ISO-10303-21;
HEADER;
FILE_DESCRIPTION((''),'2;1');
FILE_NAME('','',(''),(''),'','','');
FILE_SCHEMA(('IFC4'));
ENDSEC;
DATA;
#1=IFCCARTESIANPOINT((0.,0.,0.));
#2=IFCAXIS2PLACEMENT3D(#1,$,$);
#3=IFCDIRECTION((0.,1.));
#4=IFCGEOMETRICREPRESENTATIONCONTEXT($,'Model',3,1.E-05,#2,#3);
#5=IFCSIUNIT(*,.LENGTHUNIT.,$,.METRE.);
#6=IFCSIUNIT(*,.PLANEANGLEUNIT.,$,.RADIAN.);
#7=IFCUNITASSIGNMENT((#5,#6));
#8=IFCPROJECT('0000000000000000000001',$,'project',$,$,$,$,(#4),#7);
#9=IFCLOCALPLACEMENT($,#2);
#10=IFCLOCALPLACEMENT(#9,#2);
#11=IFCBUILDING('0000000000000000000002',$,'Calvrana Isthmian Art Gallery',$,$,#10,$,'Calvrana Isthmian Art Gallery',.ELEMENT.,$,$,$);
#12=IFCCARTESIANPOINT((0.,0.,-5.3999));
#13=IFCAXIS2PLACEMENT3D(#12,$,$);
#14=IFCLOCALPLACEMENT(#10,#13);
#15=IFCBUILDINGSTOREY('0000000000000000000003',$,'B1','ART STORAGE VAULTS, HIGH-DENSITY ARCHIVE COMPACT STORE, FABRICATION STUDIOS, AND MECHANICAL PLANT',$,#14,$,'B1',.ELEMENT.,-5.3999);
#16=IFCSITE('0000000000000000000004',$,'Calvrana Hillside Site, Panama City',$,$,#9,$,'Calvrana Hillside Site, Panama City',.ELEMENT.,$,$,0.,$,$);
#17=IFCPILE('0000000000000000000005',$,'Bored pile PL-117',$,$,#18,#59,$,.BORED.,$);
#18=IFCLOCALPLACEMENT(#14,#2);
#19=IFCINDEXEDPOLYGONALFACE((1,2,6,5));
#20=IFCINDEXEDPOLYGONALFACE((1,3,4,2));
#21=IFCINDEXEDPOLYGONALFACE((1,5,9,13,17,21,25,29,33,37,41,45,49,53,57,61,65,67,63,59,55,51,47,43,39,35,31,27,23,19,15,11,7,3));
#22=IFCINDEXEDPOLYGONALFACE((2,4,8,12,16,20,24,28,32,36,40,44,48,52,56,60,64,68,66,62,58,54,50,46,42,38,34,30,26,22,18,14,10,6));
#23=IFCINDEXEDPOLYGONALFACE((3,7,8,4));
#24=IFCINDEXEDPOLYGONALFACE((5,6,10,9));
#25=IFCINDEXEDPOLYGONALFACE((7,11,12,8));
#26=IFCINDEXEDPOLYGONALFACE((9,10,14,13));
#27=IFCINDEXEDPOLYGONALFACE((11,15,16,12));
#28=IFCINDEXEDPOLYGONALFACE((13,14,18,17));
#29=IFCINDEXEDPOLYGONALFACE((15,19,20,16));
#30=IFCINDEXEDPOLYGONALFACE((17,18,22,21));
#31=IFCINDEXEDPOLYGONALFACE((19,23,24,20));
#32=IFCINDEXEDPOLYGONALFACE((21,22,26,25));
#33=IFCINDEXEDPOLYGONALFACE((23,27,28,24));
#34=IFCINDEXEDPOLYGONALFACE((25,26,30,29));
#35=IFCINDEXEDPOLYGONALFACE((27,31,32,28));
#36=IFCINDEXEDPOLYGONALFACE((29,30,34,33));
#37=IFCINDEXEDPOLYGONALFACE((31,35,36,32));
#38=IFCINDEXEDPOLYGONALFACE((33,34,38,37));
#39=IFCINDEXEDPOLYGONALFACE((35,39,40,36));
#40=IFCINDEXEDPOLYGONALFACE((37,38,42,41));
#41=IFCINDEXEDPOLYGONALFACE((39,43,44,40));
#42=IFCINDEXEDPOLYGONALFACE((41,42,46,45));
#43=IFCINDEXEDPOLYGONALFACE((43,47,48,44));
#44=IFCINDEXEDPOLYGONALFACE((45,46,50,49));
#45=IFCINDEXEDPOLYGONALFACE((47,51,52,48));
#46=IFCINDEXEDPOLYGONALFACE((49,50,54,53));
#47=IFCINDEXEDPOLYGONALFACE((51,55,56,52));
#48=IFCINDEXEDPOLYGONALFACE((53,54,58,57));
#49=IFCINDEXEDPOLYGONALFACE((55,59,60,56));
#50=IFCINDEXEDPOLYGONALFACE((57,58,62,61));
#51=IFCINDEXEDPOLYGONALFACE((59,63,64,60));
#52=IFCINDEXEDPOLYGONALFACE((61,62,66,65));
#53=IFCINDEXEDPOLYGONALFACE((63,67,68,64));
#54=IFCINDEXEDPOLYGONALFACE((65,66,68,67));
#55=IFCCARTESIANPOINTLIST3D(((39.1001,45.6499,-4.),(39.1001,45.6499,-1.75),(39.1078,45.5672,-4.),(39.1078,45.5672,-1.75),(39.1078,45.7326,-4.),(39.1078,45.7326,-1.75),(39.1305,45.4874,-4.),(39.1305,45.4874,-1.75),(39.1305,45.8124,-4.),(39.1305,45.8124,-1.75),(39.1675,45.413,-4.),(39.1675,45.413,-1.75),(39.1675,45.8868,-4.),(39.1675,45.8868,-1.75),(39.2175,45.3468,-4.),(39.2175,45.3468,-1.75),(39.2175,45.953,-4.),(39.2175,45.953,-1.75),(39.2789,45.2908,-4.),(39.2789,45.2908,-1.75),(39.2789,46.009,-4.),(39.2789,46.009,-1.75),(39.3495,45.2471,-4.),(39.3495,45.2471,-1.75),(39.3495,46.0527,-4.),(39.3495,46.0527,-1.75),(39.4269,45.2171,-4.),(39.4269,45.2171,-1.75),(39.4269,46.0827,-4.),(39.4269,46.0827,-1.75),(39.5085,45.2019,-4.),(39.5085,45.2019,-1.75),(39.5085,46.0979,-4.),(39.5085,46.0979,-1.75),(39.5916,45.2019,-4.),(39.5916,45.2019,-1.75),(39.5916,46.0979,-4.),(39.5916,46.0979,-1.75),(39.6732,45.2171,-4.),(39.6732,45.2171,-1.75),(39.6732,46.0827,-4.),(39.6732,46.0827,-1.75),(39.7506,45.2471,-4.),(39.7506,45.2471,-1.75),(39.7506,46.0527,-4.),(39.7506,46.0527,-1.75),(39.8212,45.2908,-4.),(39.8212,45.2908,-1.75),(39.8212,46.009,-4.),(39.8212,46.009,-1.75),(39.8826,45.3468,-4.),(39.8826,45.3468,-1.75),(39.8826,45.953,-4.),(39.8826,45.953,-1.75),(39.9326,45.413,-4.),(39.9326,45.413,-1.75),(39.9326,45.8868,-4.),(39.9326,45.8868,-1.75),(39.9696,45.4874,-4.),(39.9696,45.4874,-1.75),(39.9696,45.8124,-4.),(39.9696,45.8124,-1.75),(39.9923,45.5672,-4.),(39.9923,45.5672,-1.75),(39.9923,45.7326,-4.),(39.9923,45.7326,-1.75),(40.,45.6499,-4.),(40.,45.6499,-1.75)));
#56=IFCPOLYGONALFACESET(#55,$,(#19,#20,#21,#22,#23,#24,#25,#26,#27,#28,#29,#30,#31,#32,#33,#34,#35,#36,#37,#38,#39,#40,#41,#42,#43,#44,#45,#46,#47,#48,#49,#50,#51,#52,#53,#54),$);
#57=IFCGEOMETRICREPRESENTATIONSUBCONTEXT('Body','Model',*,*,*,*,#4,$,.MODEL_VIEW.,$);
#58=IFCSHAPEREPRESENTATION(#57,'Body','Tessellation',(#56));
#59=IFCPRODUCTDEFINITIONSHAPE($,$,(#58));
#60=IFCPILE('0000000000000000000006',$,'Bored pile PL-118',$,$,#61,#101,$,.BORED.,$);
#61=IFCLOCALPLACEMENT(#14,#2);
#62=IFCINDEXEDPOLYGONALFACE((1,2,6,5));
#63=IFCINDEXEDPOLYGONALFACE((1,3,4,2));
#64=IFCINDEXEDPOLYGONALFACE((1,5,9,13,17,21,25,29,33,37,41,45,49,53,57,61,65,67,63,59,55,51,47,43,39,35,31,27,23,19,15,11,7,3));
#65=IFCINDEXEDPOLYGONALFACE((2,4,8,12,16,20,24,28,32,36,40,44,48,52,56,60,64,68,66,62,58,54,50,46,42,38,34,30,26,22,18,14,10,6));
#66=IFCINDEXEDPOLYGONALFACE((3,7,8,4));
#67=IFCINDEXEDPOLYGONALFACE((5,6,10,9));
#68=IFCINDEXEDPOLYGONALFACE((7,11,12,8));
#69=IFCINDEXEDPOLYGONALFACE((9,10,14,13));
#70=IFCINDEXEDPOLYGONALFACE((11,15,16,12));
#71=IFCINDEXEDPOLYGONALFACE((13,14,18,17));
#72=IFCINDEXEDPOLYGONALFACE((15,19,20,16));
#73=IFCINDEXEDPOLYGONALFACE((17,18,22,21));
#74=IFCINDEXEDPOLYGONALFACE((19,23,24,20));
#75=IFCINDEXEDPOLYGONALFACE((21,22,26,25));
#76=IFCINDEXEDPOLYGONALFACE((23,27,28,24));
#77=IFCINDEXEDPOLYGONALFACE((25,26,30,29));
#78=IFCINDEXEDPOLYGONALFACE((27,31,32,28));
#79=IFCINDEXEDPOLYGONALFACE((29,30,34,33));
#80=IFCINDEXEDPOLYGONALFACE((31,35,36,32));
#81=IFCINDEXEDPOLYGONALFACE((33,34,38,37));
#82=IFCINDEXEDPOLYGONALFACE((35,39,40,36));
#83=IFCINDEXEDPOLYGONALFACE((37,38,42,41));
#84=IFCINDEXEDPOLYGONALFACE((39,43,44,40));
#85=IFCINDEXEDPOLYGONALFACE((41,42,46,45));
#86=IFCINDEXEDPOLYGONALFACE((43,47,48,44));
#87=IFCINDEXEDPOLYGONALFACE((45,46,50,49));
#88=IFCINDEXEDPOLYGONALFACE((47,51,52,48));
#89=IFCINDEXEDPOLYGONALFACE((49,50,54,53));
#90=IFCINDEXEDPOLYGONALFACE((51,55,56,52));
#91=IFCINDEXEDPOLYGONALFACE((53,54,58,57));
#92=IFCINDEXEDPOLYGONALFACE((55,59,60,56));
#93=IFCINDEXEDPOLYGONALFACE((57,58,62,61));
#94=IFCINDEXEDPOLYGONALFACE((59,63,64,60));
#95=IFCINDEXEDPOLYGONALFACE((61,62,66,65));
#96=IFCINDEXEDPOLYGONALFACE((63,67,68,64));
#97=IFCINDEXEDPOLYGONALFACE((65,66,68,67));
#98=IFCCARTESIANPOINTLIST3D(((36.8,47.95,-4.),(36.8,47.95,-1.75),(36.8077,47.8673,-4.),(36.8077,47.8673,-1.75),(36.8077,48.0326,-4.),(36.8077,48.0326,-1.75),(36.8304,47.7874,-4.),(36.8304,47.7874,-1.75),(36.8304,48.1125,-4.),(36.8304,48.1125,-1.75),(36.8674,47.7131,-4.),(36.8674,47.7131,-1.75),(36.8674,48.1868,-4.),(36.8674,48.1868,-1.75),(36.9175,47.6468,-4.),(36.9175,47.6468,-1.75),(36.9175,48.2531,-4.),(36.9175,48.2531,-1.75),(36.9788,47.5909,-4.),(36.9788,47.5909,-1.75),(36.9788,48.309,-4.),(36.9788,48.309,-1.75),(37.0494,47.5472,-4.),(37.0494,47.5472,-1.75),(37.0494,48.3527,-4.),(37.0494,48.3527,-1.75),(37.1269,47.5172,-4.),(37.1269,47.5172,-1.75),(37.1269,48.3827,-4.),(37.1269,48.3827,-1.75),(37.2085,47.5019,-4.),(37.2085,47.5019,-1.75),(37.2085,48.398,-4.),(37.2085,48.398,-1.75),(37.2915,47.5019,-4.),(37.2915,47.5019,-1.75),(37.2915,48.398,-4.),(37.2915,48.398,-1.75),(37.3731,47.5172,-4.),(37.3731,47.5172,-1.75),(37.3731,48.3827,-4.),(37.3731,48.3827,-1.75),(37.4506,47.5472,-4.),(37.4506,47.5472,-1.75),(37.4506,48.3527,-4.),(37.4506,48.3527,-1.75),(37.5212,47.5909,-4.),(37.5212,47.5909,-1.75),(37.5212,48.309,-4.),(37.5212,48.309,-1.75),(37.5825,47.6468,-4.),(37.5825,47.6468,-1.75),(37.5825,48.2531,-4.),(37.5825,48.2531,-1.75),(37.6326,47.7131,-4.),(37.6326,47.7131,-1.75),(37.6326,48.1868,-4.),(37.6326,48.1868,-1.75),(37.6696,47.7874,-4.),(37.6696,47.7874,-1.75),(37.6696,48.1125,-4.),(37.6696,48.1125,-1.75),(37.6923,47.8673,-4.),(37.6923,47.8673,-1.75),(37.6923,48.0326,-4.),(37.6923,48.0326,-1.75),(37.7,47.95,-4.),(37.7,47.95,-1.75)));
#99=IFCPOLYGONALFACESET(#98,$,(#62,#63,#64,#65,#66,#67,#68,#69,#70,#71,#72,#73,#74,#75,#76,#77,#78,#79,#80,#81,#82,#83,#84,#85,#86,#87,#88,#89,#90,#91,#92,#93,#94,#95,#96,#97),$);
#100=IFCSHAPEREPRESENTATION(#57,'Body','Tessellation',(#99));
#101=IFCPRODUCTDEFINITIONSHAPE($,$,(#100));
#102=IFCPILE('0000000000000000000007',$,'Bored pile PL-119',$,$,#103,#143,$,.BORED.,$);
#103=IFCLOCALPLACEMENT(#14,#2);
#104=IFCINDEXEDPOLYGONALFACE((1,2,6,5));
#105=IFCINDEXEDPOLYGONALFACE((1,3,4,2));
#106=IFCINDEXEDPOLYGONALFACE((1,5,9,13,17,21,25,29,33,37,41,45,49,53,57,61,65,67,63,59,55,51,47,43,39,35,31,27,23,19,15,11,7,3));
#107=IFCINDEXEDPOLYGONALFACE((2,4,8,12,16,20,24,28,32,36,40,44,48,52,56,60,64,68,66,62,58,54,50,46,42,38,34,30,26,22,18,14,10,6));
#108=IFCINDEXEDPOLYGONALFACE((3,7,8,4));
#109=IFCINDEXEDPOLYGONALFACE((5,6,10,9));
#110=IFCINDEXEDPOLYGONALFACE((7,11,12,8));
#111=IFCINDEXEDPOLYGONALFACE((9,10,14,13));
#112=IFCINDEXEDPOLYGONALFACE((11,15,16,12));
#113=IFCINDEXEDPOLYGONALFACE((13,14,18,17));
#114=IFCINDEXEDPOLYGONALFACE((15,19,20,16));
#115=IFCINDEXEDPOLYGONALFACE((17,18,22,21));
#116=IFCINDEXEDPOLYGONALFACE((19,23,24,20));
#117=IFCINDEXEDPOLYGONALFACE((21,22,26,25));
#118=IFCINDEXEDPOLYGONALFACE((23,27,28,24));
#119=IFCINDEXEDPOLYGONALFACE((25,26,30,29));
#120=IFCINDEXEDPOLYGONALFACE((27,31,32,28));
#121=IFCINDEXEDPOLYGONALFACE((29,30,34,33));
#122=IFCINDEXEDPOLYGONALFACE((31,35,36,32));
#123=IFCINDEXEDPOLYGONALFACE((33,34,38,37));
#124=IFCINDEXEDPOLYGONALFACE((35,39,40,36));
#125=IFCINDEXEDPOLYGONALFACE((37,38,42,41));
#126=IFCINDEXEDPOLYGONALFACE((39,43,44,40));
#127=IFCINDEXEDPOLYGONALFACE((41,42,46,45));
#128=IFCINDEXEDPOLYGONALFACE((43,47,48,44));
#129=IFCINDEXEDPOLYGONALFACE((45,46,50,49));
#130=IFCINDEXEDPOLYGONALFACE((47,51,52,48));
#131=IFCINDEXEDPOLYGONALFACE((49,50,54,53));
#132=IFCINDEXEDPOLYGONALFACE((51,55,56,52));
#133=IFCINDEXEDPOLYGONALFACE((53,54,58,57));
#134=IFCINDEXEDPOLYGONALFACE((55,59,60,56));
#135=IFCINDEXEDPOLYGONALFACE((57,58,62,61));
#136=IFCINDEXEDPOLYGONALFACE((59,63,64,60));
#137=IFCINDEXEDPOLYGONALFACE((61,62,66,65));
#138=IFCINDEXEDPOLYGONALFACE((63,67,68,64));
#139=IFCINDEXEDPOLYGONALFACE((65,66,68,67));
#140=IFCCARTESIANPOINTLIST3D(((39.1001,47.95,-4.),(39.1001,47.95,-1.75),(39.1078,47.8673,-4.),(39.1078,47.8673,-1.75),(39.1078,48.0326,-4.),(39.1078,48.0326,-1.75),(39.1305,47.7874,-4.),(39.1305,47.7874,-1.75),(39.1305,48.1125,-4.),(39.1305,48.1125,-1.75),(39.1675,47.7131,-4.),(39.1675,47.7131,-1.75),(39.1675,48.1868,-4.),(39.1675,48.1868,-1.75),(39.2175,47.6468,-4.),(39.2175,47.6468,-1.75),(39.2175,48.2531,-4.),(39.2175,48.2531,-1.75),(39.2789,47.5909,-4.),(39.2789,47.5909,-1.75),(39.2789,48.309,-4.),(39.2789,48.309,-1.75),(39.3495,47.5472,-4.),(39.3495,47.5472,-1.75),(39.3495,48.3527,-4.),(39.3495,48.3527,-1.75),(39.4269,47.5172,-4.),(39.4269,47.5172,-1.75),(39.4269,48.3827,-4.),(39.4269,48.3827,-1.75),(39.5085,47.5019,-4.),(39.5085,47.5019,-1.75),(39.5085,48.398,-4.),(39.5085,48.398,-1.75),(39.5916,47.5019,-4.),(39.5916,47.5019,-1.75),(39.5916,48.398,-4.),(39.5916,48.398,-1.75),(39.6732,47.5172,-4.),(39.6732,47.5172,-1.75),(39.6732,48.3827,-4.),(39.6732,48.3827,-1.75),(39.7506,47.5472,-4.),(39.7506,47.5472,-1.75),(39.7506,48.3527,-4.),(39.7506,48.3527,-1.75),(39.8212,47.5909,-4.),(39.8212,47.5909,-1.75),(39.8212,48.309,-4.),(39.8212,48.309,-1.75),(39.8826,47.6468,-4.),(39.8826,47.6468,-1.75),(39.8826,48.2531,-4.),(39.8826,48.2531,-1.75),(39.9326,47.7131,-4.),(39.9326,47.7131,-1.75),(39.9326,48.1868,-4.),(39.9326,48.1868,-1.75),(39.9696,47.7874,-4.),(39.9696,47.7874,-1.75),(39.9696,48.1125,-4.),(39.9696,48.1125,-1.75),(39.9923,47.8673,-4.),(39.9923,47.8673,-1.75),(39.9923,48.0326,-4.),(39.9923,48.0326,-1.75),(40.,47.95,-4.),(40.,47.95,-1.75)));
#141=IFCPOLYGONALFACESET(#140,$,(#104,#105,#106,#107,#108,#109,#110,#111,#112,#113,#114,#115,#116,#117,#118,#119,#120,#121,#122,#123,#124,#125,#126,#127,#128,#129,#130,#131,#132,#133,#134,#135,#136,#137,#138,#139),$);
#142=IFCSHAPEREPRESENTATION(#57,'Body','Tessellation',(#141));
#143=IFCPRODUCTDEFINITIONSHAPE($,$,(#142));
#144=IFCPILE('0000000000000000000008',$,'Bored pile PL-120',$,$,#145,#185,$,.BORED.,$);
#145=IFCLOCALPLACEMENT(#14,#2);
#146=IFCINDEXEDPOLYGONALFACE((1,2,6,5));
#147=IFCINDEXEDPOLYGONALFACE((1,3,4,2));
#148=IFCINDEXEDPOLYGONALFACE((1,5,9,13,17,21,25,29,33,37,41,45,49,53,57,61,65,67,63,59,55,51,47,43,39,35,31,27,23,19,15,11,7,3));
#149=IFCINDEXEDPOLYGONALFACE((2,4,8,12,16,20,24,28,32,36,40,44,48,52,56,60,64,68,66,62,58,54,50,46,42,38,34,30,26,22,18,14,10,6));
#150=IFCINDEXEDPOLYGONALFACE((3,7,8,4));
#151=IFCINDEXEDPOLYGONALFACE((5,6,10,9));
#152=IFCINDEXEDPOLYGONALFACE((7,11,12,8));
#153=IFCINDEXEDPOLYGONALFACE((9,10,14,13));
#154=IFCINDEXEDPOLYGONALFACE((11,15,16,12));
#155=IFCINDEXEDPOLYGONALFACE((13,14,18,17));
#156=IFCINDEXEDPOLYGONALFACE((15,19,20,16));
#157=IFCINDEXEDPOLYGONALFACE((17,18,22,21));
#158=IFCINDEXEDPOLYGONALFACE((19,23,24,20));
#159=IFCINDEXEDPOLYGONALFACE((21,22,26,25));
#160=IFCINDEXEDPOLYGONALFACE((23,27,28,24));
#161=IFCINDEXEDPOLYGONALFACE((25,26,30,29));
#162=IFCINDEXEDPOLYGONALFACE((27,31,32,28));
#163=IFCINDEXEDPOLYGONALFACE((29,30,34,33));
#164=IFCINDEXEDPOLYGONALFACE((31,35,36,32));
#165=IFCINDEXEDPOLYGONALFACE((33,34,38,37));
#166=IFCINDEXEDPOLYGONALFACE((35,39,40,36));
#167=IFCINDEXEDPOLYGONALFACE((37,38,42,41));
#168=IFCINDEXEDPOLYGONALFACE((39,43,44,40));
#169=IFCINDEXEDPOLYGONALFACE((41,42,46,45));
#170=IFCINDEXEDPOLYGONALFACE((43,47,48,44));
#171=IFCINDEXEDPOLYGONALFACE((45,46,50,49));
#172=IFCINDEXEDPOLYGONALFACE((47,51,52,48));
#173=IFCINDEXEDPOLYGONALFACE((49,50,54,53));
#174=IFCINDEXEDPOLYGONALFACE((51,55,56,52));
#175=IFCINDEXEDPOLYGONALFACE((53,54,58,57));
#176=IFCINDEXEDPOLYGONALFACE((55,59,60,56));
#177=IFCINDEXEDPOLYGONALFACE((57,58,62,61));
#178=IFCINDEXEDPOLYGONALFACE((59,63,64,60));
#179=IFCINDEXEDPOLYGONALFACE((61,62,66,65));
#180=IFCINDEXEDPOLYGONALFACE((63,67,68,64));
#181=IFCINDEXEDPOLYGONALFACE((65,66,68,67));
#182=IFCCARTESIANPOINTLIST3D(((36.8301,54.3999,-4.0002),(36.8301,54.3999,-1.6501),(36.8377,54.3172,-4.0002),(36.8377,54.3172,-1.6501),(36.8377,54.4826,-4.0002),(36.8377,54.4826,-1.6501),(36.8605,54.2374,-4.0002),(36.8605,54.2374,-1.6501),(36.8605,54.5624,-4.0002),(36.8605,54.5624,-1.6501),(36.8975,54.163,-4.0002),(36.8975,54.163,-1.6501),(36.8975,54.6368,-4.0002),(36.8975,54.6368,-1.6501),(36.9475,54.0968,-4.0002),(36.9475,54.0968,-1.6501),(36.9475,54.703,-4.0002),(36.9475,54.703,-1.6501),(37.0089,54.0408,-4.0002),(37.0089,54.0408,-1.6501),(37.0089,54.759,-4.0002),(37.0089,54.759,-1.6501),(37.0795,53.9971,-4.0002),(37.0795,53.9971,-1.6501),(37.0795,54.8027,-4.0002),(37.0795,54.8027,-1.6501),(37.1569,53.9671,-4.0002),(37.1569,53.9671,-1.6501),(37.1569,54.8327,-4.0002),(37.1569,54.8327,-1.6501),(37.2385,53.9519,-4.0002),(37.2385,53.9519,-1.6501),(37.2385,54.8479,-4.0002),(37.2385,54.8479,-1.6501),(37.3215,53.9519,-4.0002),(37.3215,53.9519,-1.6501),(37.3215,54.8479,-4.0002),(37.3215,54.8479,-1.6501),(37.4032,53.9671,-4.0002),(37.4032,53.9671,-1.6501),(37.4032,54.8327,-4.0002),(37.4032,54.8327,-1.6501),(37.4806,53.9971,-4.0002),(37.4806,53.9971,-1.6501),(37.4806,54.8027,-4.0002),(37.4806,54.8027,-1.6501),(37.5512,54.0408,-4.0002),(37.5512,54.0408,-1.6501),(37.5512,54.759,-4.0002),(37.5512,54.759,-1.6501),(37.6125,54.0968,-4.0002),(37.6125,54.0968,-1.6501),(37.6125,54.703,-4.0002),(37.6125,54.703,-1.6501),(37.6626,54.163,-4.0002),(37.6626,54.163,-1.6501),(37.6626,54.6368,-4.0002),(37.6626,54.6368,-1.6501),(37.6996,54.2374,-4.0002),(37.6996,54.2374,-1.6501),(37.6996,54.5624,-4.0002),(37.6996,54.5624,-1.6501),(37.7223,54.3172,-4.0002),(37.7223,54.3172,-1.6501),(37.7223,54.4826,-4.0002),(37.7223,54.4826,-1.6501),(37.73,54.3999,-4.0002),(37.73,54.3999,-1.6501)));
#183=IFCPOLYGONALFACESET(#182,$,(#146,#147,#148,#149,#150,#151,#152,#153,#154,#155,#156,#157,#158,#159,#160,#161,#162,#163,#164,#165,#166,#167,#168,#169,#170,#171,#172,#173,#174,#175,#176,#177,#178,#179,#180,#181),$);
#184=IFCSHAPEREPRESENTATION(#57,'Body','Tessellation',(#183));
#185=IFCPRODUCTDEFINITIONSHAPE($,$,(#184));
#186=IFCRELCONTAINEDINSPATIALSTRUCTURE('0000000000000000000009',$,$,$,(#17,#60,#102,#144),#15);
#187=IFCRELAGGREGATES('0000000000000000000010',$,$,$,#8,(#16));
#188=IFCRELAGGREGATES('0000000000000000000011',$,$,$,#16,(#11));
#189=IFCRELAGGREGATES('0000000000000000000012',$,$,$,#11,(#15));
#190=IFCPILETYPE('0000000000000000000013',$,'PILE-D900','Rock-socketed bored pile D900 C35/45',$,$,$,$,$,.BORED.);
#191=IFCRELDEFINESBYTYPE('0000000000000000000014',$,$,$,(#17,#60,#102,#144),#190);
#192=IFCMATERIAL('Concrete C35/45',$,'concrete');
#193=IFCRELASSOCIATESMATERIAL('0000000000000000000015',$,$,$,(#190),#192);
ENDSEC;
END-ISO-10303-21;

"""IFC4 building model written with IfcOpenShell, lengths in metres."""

from ifc_helpers import new_model, si_unit, direction, frame, origin, origin_2d, place, context, subcontext, project, spatial, circle, extrude, material, material_profile, profile_set, type_object, element, save


model = new_model("IFC4")

# Units and contexts
model_context = context("Model", 3, precision=1e-05, world=origin(), true_north=direction((0.0, 1.0)))
body_context = subcontext(model_context, "Body", "Model", "MODEL_VIEW")
ifc_project = project(units=[si_unit("LENGTHUNIT", "METRE"), si_unit("PLANEANGLEUNIT", "RADIAN")], contexts=[model_context])

# Site, building, storey
site_placement = place(None, origin())
site = spatial("IfcSite", under=ifc_project, at=site_placement, Name="Calvrana Hillside Site, Panama City", LongName="Calvrana Hillside Site, Panama City", CompositionType="ELEMENT", RefElevation=0.0)
building_placement = place(site_placement, origin())
building = spatial("IfcBuilding", under=site, at=building_placement, Name="Calvrana Isthmian Art Gallery", LongName="Calvrana Isthmian Art Gallery", CompositionType="ELEMENT")
storey_placement = place(building_placement, frame((0.0, 0.0, -5.3999)))
storey = spatial("IfcBuildingStorey", under=building, at=storey_placement, Name="B1", Description="ART STORAGE VAULTS, HIGH-DENSITY ARCHIVE COMPACT STORE, FABRICATION STUDIOS, AND MECHANICAL PLANT", LongName="B1", CompositionType="ELEMENT", Elevation=-5.3999)

# Shared definitions
ifc_material_1 = material(Name="Concrete C35/45", Category="concrete")

# Piles
ifc_material_profile_1 = material_profile(ifc_material_1, circle(Radius=0.45, at=origin_2d()), Name="PILE900D")
ifc_profile_set_1 = profile_set([ifc_material_profile_1], Name="Concrete C35/45")
pile_type = type_object("IfcPileType", Name="PILE-D900", Description="Rock-socketed bored pile D900 C35/45", PredefinedType="BORED", material=ifc_profile_set_1)
for number, where, z_axis, x_axis, name in (
    (1, (39.55, 45.6499, -1.75), (0.0, 0.0, -1.0), (1.0, 0.0, 0.0), "Bored pile PL-117"),
    (2, (37.25, 47.95, -1.75), (0.0, 0.0, -1.0), (1.0, 0.0, 0.0), "Bored pile PL-118"),
    (3, (39.55, 47.95, -1.75), (0.0, 0.0, -1.0), (1.0, 0.0, 0.0), "Bored pile PL-119"),
):
    element("IfcPile", number, at=place(storey_placement, frame(where, z_axis=z_axis, x_axis=x_axis)), inside=storey, type_object=pile_type, Name=name, PredefinedType="BORED", context=body_context, shape_type="SweptSolid", body=[
        extrude(circle(Radius=0.45, at=origin_2d()), origin(), (0.0, 0.0, 1.0), 2.25),
    ])
for number, where, z_axis, x_axis, name in (
    (4, (37.28, 54.3999, -1.6501), (0.0, 0.0, -1.0), (1.0, 0.0, 0.0), "Bored pile PL-120"),
):
    element("IfcPile", number, at=place(storey_placement, frame(where, z_axis=z_axis, x_axis=x_axis)), inside=storey, type_object=pile_type, Name=name, PredefinedType="BORED", context=body_context, shape_type="SweptSolid", body=[
        extrude(circle(Radius=0.45, at=origin_2d()), origin(), (0.0, 0.0, 1.0), 2.3501),
    ])

save(model, "model.ifc")
